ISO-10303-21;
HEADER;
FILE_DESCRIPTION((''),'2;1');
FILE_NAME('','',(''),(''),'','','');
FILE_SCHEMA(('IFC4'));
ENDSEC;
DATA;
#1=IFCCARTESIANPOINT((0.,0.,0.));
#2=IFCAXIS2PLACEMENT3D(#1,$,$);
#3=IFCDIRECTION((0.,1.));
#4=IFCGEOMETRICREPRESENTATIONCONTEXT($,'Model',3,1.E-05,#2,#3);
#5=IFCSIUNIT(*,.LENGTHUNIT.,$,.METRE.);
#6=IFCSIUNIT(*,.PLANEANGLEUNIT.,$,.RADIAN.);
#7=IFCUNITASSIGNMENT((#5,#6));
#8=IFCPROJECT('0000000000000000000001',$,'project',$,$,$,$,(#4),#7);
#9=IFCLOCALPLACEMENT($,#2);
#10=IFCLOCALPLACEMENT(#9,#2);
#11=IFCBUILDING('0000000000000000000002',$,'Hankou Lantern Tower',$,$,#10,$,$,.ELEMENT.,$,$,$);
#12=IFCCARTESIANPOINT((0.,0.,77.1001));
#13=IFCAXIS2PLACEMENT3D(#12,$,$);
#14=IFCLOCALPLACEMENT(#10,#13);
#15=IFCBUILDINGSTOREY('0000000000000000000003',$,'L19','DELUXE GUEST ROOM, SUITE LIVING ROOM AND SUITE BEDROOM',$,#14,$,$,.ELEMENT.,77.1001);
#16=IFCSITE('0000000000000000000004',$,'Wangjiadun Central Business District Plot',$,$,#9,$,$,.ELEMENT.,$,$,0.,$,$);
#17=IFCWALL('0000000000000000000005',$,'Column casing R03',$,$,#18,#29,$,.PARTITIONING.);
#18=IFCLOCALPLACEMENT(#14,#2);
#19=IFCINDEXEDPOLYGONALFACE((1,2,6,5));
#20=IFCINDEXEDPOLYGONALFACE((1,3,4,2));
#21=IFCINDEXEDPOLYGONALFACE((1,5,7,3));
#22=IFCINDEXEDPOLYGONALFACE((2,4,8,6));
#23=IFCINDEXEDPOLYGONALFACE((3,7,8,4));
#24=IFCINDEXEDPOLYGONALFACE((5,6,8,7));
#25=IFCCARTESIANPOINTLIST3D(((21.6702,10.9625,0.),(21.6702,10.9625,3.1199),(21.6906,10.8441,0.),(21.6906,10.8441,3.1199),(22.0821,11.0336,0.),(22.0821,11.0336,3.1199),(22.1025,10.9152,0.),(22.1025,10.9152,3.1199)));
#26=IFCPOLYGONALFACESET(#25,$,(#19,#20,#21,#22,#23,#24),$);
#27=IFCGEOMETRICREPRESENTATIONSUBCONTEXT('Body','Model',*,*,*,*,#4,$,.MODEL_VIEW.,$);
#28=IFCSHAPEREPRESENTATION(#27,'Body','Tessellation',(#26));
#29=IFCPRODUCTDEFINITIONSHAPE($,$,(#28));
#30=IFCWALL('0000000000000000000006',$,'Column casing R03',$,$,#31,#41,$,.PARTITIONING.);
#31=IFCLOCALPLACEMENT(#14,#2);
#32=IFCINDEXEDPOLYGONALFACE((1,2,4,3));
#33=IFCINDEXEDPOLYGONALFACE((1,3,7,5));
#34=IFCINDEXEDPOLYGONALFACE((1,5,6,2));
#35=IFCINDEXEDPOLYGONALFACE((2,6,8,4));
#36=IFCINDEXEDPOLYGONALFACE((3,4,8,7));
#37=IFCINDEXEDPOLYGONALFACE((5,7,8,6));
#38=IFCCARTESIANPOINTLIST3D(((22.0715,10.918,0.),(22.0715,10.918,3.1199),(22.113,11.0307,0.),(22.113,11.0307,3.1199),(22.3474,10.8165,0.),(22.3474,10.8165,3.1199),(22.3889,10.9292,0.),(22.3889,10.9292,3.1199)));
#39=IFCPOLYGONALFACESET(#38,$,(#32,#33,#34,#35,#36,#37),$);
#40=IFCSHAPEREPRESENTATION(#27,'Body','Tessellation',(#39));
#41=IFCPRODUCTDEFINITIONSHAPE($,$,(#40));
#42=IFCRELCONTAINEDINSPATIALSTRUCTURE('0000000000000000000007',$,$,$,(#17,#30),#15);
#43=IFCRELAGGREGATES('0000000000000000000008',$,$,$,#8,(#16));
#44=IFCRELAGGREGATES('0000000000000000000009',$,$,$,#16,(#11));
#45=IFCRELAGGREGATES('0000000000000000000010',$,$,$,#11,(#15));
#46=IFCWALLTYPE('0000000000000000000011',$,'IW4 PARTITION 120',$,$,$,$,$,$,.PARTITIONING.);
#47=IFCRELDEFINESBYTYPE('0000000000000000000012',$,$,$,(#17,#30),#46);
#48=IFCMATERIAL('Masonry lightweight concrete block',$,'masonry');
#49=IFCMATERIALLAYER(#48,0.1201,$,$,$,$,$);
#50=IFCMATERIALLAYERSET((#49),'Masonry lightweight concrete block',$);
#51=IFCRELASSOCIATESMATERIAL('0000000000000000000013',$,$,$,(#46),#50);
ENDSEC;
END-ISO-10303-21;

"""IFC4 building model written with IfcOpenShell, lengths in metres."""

from ifc_helpers import new_model, si_unit, direction, frame, frame_2d, origin, place, context, subcontext, project, spatial, rectangle, extrude, material, layer, layer_set, type_object, element, save


model = new_model("IFC4")

# Units and contexts
model_context = context("Model", 3, precision=1e-05, world=origin(), true_north=direction((0.0, 1.0)))
body_context = subcontext(model_context, "Body", "Model", "MODEL_VIEW")
ifc_project = project(units=[si_unit("LENGTHUNIT", "METRE"), si_unit("PLANEANGLEUNIT", "RADIAN")], contexts=[model_context])

# Site, building, storey
site_placement = place(None, origin())
site = spatial("IfcSite", under=ifc_project, at=site_placement, Name="Wangjiadun Central Business District Plot", CompositionType="ELEMENT", RefElevation=0.0)
building_placement = place(site_placement, origin())
building = spatial("IfcBuilding", under=site, at=building_placement, Name="Hankou Lantern Tower", CompositionType="ELEMENT")
storey_placement = place(building_placement, frame((0.0, 0.0, 77.1001)))
storey = spatial("IfcBuildingStorey", under=building, at=storey_placement, Name="L19", Description="DELUXE GUEST ROOM, SUITE LIVING ROOM AND SUITE BEDROOM", CompositionType="ELEMENT", Elevation=77.1001)

# Walls
ifc_material_1 = material(Name="Masonry lightweight concrete block", Category="masonry")
ifc_layer_1 = layer(ifc_material_1, 0.1201)
ifc_layer_set_1 = layer_set([ifc_layer_1], Name="Masonry lightweight concrete block")
wall_type_1 = type_object("IfcWallType", Name="IW4 PARTITION 120", PredefinedType="PARTITIONING", material=ifc_layer_set_1)
wall_1_placement = place(storey_placement, frame((21.6804, 10.9033, 0.0), z_axis=(0.0, 0.0, 1.0), x_axis=(0.985447, 0.169985, 0.0)))
element("IfcWall", 1, at=wall_1_placement, inside=storey, type_object=wall_type_1, Name="Column casing R03", PredefinedType="PARTITIONING", context=body_context, shape_type="SweptSolid", body=[
    extrude(rectangle(XDim=0.418, YDim=0.1201, at=frame_2d((0.209, 0.0))), origin(), (0.0, 0.0, 1.0), 3.1199),
])
wall_2_placement = place(storey_placement, frame((22.0923, 10.9744, 0.0), z_axis=(0.0, 0.0, 1.0), x_axis=(0.938428, -0.345474, 0.0)))
element("IfcWall", 2, at=wall_2_placement, inside=storey, type_object=wall_type_1, Name="Column casing R03", PredefinedType="PARTITIONING", context=body_context, shape_type="SweptSolid", body=[
    extrude(rectangle(XDim=0.2939, YDim=0.1201, at=frame_2d((0.147, 0.0))), origin(), (0.0, 0.0, 1.0), 3.1199),
])

save(model, "model.ifc")
